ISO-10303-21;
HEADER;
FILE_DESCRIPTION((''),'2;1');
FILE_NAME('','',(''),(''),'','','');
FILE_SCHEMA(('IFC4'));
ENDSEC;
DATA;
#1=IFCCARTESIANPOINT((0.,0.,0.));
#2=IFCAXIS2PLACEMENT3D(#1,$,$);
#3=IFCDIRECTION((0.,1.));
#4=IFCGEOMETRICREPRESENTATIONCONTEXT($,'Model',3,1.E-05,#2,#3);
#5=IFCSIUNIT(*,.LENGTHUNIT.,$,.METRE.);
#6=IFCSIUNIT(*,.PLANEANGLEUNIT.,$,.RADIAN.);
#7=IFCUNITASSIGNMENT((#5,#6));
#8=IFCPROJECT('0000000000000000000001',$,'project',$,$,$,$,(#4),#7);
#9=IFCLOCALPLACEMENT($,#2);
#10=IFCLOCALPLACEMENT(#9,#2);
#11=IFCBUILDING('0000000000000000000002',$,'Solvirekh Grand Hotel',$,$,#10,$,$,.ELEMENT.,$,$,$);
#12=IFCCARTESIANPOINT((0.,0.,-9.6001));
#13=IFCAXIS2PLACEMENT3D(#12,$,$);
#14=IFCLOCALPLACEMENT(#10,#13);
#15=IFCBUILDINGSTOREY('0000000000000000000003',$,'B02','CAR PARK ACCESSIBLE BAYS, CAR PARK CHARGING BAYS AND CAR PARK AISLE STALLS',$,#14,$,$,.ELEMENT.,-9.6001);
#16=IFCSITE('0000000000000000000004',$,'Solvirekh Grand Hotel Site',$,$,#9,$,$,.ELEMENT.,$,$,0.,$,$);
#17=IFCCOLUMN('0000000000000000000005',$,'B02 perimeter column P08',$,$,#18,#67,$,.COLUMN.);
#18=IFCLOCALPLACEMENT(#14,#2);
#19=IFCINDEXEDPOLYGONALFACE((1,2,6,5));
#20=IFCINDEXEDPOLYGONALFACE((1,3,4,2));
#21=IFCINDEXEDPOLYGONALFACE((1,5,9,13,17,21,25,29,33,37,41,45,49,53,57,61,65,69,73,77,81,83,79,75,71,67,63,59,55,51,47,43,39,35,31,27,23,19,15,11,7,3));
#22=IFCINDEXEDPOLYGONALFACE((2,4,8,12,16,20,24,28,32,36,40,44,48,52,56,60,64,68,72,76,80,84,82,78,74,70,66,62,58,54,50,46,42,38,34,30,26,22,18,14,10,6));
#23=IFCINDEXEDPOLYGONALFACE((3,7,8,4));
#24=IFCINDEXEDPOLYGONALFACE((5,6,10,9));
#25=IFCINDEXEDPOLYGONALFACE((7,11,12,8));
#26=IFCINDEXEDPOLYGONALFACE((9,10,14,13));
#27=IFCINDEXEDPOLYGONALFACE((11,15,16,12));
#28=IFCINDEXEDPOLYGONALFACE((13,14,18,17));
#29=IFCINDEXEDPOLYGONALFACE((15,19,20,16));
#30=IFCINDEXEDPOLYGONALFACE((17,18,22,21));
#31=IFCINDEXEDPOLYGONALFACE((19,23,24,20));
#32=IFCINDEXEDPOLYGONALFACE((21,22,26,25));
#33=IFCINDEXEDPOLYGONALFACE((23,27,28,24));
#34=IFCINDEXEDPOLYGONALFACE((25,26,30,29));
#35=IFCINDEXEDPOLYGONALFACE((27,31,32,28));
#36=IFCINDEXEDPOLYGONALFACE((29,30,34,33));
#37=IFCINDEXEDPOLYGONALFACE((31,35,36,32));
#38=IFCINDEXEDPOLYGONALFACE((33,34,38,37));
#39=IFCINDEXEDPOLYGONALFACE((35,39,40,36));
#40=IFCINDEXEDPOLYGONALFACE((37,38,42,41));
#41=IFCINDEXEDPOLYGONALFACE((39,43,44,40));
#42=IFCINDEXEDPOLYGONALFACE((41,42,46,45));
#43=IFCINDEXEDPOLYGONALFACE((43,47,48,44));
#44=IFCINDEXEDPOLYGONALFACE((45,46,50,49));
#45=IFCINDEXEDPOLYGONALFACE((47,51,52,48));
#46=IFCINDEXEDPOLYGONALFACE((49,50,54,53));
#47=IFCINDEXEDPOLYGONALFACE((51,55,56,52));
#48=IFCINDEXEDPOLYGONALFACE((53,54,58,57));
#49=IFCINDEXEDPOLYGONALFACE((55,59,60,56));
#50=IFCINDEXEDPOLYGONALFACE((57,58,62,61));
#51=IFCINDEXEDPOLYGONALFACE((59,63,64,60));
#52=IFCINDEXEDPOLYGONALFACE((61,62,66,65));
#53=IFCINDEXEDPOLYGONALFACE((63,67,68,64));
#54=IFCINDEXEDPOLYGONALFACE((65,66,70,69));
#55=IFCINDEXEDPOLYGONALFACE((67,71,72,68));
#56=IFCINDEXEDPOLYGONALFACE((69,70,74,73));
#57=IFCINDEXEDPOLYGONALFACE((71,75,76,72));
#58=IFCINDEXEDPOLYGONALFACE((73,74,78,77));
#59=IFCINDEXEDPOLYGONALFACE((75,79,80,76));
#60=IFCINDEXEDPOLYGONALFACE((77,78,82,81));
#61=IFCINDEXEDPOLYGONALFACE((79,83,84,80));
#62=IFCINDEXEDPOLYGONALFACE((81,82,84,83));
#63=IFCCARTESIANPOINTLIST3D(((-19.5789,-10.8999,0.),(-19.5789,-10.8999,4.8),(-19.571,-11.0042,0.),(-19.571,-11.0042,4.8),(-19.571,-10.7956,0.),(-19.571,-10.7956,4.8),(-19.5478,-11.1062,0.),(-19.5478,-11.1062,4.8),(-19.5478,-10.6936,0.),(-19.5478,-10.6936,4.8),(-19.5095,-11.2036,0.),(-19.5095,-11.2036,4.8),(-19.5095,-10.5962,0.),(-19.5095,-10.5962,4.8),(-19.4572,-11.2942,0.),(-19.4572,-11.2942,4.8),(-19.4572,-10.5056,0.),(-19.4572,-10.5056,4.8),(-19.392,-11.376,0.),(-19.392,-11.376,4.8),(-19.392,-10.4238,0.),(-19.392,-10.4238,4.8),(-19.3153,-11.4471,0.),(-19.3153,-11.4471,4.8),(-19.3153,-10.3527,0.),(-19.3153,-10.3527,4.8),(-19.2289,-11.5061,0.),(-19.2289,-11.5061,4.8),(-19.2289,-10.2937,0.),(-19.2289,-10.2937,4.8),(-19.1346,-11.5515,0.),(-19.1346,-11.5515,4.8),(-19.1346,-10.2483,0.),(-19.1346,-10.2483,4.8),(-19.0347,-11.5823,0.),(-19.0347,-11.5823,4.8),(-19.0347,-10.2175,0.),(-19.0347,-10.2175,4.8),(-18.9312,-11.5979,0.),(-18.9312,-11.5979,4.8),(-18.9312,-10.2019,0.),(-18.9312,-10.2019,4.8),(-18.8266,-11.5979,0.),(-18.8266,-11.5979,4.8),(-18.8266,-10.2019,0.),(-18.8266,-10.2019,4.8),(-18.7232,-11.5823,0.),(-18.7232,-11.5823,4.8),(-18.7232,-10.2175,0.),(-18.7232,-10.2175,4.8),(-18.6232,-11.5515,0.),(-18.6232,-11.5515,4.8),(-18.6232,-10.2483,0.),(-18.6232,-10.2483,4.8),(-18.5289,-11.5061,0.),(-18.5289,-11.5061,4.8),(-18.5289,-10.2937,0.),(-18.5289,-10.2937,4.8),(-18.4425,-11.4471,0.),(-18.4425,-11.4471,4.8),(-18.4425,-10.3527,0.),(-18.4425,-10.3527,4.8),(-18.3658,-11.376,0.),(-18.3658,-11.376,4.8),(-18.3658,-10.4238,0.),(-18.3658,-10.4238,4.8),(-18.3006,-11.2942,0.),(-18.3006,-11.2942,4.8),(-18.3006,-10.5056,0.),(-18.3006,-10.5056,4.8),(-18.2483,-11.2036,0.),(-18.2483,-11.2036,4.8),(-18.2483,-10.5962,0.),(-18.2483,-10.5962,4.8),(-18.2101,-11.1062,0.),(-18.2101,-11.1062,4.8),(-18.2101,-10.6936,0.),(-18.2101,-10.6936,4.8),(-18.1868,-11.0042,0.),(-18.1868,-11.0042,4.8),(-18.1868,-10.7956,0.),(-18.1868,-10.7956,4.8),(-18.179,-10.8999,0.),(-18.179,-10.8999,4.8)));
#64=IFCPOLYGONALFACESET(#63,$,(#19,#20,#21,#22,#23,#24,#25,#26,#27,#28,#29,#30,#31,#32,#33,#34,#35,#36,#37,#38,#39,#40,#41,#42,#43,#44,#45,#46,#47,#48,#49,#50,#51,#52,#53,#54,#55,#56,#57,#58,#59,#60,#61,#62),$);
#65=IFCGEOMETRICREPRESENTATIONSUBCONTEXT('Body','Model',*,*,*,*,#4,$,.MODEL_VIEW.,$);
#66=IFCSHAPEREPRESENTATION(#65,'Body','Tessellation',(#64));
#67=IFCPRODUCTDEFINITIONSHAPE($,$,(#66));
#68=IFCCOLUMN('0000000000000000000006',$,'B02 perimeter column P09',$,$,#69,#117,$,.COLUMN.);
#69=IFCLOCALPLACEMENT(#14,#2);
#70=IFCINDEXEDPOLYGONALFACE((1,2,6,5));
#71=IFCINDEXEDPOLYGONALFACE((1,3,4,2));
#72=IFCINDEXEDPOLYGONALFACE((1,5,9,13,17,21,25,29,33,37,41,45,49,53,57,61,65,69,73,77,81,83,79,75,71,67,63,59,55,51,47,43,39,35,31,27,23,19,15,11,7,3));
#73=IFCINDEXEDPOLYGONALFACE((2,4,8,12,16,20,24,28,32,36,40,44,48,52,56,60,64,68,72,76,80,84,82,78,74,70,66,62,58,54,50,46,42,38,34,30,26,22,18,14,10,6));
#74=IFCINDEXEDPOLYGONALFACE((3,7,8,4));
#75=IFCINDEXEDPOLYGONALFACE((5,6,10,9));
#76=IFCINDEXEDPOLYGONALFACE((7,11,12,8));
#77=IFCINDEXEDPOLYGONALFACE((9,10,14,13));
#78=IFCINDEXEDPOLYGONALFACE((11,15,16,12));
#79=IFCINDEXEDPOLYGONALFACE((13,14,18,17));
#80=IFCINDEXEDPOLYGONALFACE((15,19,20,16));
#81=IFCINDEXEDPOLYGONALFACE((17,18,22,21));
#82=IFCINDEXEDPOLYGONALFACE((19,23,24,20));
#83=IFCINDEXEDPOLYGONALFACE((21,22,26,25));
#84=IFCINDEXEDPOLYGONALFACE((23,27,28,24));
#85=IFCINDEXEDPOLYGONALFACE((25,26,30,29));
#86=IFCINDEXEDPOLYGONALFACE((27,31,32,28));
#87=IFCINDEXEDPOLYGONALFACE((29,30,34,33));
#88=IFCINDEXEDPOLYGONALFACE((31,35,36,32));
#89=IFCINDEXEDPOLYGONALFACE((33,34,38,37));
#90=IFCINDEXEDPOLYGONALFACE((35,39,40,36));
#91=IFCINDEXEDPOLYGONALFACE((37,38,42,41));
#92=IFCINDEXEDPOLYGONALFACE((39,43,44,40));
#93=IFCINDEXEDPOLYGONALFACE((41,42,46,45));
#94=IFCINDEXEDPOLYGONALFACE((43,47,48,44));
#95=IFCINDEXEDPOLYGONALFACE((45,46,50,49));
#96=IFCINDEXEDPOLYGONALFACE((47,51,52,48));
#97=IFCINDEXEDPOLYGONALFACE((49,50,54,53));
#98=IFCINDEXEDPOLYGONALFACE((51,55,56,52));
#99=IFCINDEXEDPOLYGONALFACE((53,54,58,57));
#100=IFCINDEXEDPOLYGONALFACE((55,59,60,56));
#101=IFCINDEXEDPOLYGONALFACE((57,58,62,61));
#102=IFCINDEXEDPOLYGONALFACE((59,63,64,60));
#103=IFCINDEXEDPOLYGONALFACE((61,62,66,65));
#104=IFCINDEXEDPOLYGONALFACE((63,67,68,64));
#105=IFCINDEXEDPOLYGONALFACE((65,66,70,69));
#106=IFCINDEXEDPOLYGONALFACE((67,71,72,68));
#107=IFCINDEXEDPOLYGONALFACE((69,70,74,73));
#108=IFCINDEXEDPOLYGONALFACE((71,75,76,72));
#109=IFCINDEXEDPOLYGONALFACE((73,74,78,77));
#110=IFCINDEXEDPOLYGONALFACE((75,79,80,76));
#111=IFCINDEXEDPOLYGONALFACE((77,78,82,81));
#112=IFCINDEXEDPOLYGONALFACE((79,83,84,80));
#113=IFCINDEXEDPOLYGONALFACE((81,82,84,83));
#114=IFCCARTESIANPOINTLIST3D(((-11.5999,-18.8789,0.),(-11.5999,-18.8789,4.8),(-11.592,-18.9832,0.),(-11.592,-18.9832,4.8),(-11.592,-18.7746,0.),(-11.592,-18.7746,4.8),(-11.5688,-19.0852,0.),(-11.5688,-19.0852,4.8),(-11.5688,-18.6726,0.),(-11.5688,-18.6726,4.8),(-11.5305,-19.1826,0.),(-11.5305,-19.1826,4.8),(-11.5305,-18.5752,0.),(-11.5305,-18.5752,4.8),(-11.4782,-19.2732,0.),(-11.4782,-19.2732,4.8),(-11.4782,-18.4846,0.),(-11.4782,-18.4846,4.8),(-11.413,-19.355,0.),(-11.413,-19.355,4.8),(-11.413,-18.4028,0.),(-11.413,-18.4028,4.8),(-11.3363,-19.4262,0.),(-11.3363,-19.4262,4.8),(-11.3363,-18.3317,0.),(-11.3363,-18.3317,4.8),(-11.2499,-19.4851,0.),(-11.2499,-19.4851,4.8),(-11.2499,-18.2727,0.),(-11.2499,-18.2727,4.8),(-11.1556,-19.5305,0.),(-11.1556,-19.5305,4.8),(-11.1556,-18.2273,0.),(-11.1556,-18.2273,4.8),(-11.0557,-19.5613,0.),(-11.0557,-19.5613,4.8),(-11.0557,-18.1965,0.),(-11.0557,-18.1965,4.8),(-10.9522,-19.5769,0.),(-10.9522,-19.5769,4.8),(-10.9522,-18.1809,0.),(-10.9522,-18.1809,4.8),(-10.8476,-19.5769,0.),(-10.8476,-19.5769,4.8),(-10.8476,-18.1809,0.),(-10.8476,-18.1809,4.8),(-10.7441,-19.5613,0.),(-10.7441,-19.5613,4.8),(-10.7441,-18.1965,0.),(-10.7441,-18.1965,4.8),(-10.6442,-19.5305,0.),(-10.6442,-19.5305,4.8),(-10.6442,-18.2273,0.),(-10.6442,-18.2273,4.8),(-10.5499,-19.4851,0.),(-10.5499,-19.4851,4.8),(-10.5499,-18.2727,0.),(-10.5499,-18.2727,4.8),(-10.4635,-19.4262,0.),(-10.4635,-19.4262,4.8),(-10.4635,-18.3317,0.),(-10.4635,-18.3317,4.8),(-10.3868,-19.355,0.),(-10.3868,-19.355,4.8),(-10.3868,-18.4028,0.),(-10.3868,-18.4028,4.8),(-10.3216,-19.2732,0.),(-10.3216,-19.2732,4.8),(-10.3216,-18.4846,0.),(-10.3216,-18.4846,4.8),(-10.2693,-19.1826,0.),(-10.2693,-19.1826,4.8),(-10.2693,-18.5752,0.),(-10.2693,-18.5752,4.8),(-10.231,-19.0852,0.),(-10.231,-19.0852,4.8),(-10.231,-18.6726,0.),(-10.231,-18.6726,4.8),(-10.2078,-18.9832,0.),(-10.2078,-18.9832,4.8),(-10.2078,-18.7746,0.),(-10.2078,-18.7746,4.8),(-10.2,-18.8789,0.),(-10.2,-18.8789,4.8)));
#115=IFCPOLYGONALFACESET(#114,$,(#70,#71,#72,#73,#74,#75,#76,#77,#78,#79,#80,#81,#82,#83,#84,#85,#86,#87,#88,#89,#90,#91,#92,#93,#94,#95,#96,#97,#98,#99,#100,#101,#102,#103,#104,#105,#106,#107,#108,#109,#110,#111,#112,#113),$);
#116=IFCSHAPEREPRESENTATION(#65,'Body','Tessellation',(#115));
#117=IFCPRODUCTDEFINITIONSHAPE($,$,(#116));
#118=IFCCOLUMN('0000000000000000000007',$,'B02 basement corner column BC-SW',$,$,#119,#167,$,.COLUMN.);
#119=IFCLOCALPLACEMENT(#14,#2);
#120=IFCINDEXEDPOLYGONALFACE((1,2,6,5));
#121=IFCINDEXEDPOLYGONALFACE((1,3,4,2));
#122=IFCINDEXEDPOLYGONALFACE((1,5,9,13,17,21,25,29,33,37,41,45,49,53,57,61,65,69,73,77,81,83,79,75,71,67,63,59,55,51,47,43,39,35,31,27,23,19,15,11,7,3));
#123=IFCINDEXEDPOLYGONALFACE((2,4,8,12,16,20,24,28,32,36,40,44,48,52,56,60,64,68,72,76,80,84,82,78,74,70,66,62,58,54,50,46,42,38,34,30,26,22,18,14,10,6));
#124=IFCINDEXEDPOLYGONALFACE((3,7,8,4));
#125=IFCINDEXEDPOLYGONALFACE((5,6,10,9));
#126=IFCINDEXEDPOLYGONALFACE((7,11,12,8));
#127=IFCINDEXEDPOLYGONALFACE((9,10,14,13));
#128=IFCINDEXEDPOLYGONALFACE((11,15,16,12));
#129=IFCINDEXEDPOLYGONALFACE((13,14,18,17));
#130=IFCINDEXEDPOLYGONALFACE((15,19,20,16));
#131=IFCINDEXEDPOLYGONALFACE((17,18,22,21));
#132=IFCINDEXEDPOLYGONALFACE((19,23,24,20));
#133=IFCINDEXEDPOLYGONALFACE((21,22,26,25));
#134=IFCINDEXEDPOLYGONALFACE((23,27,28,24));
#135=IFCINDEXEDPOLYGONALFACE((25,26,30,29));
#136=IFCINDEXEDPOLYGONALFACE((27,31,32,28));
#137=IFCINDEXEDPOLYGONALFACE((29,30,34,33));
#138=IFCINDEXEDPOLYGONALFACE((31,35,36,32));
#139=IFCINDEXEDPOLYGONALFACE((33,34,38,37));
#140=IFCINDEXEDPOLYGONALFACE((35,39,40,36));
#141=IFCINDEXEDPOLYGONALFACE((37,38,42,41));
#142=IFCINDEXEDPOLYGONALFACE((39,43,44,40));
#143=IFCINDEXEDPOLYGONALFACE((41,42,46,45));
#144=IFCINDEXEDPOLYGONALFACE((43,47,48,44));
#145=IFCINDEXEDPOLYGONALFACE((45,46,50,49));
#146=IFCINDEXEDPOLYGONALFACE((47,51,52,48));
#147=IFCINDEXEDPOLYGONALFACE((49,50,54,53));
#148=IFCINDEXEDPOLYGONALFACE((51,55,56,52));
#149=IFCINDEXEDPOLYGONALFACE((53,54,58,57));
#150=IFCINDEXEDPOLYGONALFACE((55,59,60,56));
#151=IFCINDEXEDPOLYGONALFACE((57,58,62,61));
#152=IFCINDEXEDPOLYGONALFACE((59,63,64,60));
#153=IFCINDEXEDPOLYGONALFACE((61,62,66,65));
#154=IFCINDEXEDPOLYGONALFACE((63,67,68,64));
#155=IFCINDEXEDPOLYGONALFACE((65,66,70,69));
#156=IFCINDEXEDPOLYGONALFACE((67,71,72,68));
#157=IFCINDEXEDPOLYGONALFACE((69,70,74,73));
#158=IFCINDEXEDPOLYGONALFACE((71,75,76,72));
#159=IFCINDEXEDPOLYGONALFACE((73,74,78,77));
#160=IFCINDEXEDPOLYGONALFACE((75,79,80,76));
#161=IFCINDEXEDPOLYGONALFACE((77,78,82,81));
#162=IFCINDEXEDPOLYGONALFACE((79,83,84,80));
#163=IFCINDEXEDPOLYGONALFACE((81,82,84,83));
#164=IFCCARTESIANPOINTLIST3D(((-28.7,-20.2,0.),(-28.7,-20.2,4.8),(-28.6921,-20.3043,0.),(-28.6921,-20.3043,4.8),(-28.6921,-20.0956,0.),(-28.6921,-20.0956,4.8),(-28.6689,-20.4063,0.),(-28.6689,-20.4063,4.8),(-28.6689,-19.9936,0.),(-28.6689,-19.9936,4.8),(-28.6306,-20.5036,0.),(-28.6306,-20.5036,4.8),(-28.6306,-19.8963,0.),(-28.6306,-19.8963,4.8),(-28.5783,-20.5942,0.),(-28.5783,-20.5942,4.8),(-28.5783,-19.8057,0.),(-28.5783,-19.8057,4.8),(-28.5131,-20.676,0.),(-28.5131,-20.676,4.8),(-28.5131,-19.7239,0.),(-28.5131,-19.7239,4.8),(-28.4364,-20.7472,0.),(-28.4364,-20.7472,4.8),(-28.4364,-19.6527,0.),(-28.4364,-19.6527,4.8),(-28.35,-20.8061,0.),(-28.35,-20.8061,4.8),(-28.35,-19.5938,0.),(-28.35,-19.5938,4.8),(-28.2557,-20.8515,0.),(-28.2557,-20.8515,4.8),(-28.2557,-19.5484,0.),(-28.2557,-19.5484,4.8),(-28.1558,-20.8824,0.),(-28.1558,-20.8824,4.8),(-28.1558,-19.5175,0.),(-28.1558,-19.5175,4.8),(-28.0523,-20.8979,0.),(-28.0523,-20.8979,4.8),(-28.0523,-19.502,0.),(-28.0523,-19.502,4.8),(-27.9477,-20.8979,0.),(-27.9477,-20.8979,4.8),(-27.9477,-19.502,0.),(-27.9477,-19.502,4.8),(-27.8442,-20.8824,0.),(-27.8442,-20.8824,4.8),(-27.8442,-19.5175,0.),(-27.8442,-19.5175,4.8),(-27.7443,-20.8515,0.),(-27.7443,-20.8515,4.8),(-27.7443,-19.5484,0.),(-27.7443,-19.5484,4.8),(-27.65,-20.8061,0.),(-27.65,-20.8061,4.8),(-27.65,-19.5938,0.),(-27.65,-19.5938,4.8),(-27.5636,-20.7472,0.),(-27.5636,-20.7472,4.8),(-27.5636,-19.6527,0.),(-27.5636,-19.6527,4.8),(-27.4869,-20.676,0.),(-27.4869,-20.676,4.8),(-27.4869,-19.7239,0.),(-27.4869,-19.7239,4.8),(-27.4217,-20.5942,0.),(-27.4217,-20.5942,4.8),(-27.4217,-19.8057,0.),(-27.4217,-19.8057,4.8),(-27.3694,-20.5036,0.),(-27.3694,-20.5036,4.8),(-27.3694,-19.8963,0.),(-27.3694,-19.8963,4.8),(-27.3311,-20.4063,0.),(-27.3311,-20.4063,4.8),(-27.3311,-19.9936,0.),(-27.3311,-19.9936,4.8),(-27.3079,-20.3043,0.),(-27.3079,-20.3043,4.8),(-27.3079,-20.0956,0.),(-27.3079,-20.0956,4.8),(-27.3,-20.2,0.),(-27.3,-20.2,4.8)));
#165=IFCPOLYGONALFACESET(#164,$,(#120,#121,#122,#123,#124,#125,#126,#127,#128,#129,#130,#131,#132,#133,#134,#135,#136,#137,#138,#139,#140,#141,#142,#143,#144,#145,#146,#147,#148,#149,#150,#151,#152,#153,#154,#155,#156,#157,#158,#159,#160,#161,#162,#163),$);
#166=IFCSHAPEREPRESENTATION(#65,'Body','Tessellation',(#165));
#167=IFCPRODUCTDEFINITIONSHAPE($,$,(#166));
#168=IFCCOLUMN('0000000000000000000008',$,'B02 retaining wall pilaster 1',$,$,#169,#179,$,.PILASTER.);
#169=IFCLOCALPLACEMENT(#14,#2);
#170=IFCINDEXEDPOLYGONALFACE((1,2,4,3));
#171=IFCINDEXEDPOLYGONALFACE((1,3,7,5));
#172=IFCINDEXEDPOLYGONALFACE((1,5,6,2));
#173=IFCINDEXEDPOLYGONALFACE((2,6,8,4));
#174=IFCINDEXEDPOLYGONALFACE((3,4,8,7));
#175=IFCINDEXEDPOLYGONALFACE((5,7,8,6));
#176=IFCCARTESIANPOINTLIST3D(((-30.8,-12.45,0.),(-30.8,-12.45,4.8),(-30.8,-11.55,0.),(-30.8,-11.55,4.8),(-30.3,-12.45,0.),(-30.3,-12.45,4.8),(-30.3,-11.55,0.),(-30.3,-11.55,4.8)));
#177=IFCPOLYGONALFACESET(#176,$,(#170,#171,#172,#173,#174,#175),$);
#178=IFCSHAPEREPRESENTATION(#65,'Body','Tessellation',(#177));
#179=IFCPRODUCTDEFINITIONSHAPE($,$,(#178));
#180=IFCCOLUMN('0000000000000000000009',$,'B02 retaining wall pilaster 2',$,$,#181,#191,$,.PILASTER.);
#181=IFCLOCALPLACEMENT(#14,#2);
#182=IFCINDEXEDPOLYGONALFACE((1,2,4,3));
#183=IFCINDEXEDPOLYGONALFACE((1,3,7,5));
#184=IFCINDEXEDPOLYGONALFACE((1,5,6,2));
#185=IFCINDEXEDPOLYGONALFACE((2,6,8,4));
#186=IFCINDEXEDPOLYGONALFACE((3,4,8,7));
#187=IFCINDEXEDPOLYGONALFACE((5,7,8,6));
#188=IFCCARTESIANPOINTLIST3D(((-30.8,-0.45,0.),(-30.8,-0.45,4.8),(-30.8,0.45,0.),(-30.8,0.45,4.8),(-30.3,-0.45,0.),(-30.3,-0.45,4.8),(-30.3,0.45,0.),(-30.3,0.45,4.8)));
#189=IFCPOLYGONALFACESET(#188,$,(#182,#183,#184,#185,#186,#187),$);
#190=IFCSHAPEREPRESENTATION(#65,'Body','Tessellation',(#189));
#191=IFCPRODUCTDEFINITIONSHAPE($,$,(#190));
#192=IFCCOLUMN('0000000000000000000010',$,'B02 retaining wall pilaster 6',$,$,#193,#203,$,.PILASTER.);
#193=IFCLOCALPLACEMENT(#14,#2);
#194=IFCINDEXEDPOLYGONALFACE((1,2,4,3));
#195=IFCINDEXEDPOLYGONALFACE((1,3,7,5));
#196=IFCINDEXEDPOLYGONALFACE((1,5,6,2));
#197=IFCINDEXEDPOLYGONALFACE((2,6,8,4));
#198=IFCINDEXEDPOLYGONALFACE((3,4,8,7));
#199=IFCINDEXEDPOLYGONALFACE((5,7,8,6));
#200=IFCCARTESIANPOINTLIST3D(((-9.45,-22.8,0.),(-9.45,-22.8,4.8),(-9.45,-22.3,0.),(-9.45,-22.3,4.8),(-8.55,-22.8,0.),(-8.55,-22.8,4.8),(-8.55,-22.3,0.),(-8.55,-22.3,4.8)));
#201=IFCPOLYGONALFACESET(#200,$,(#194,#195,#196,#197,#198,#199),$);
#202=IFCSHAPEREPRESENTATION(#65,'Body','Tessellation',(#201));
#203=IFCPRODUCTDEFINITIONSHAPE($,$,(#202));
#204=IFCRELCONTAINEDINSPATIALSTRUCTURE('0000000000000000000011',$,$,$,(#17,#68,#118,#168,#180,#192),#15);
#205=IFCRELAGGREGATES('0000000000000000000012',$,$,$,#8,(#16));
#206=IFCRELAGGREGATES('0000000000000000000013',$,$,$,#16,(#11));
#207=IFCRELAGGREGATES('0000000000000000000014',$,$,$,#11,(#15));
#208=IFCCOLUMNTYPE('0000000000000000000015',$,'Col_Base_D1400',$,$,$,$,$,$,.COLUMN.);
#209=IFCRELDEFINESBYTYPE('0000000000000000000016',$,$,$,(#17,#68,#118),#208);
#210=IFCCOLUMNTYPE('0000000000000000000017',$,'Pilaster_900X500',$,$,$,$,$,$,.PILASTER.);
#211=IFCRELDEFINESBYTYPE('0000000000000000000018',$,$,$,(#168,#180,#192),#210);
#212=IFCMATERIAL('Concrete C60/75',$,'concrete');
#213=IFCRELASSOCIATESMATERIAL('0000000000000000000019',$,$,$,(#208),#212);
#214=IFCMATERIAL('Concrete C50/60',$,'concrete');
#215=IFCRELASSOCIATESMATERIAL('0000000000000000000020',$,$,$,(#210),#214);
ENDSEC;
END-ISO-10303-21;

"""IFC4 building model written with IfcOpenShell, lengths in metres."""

from ifc_helpers import new_model, si_unit, direction, frame, origin, origin_2d, place, context, subcontext, project, spatial, rectangle, circle, extrude, material, material_profile, profile_set, type_object, element, save


model = new_model("IFC4")

# Units and contexts
model_context = context("Model", 3, precision=1e-05, world=origin(), true_north=direction((0.0, 1.0)))
body_context = subcontext(model_context, "Body", "Model", "MODEL_VIEW")
ifc_project = project(units=[si_unit("LENGTHUNIT", "METRE"), si_unit("PLANEANGLEUNIT", "RADIAN")], contexts=[model_context])

# Site, building, storey
site_placement = place(None, origin())
site = spatial("IfcSite", under=ifc_project, at=site_placement, Name="Solvirekh Grand Hotel Site", CompositionType="ELEMENT", RefElevation=0.0)
building_placement = place(site_placement, origin())
building = spatial("IfcBuilding", under=site, at=building_placement, Name="Solvirekh Grand Hotel", CompositionType="ELEMENT")
storey_placement = place(building_placement, frame((0.0, 0.0, -9.6001)))
storey = spatial("IfcBuildingStorey", under=building, at=storey_placement, Name="B02", Description="CAR PARK ACCESSIBLE BAYS, CAR PARK CHARGING BAYS AND CAR PARK AISLE STALLS", CompositionType="ELEMENT", Elevation=-9.6001)

# Shared definitions
ifc_material_1 = material(Name="Concrete C50/60", Category="concrete")

# Columns
ifc_material_2 = material(Name="Concrete C60/75", Category="concrete")
ifc_material_profile_1 = material_profile(ifc_material_2, circle(Radius=0.7, at=origin_2d()), Name="RC CIRC D1400")
ifc_profile_set_1 = profile_set([ifc_material_profile_1], Name="Concrete C60/75")
column_type_1 = type_object("IfcColumnType", Name="Col_Base_D1400", PredefinedType="COLUMN", material=ifc_profile_set_1)
for number, where, z_axis, x_axis, name in (
    (1, (-18.8789, -10.8999, 0.0), (0.0, 0.0, 1.0), (1.0, 0.0, 0.0), "B02 perimeter column P08"),
    (2, (-10.8999, -18.8789, 0.0), (0.0, 0.0, 1.0), (1.0, 0.0, 0.0), "B02 perimeter column P09"),
    (3, (-28.0, -20.2, 0.0), (0.0, 0.0, 1.0), (1.0, 0.0, 0.0), "B02 basement corner column BC-SW"),
):
    element("IfcColumn", number, at=place(storey_placement, frame(where, z_axis=z_axis, x_axis=x_axis)), inside=storey, type_object=column_type_1, Name=name, PredefinedType="COLUMN", context=body_context, shape_type="SweptSolid", body=[
        extrude(circle(Radius=0.7, at=origin_2d()), origin(), (0.0, 0.0, 1.0), 4.8),
    ])
ifc_material_profile_2 = material_profile(ifc_material_1, rectangle(XDim=0.5, YDim=0.8999, at=origin_2d()), Name="RC PILASTER 900X500")
ifc_profile_set_2 = profile_set([ifc_material_profile_2], Name="Concrete C50/60")
column_type_2 = type_object("IfcColumnType", Name="Pilaster_900X500", PredefinedType="PILASTER", material=ifc_profile_set_2)
for number, where, z_axis, x_axis, name in (
    (4, (-30.55, -12.0, 0.0), (0.0, 0.0, 1.0), (1.0, 0.0, 0.0), "B02 retaining wall pilaster 1"),
    (5, (-30.55, 0.0, 0.0), (0.0, 0.0, 1.0), (1.0, 0.0, 0.0), "B02 retaining wall pilaster 2"),
    (6, (-9.0, -22.55, 0.0), (0.0, 0.0, 1.0), (0.0, 1.0, 0.0), "B02 retaining wall pilaster 6"),
):
    element("IfcColumn", number, at=place(storey_placement, frame(where, z_axis=z_axis, x_axis=x_axis)), inside=storey, type_object=column_type_2, Name=name, PredefinedType="PILASTER", context=body_context, shape_type="SweptSolid", body=[
        extrude(rectangle(XDim=0.5, YDim=0.8999, at=origin_2d()), origin(), (0.0, 0.0, 1.0), 4.8),
    ])

save(model, "model.ifc")
